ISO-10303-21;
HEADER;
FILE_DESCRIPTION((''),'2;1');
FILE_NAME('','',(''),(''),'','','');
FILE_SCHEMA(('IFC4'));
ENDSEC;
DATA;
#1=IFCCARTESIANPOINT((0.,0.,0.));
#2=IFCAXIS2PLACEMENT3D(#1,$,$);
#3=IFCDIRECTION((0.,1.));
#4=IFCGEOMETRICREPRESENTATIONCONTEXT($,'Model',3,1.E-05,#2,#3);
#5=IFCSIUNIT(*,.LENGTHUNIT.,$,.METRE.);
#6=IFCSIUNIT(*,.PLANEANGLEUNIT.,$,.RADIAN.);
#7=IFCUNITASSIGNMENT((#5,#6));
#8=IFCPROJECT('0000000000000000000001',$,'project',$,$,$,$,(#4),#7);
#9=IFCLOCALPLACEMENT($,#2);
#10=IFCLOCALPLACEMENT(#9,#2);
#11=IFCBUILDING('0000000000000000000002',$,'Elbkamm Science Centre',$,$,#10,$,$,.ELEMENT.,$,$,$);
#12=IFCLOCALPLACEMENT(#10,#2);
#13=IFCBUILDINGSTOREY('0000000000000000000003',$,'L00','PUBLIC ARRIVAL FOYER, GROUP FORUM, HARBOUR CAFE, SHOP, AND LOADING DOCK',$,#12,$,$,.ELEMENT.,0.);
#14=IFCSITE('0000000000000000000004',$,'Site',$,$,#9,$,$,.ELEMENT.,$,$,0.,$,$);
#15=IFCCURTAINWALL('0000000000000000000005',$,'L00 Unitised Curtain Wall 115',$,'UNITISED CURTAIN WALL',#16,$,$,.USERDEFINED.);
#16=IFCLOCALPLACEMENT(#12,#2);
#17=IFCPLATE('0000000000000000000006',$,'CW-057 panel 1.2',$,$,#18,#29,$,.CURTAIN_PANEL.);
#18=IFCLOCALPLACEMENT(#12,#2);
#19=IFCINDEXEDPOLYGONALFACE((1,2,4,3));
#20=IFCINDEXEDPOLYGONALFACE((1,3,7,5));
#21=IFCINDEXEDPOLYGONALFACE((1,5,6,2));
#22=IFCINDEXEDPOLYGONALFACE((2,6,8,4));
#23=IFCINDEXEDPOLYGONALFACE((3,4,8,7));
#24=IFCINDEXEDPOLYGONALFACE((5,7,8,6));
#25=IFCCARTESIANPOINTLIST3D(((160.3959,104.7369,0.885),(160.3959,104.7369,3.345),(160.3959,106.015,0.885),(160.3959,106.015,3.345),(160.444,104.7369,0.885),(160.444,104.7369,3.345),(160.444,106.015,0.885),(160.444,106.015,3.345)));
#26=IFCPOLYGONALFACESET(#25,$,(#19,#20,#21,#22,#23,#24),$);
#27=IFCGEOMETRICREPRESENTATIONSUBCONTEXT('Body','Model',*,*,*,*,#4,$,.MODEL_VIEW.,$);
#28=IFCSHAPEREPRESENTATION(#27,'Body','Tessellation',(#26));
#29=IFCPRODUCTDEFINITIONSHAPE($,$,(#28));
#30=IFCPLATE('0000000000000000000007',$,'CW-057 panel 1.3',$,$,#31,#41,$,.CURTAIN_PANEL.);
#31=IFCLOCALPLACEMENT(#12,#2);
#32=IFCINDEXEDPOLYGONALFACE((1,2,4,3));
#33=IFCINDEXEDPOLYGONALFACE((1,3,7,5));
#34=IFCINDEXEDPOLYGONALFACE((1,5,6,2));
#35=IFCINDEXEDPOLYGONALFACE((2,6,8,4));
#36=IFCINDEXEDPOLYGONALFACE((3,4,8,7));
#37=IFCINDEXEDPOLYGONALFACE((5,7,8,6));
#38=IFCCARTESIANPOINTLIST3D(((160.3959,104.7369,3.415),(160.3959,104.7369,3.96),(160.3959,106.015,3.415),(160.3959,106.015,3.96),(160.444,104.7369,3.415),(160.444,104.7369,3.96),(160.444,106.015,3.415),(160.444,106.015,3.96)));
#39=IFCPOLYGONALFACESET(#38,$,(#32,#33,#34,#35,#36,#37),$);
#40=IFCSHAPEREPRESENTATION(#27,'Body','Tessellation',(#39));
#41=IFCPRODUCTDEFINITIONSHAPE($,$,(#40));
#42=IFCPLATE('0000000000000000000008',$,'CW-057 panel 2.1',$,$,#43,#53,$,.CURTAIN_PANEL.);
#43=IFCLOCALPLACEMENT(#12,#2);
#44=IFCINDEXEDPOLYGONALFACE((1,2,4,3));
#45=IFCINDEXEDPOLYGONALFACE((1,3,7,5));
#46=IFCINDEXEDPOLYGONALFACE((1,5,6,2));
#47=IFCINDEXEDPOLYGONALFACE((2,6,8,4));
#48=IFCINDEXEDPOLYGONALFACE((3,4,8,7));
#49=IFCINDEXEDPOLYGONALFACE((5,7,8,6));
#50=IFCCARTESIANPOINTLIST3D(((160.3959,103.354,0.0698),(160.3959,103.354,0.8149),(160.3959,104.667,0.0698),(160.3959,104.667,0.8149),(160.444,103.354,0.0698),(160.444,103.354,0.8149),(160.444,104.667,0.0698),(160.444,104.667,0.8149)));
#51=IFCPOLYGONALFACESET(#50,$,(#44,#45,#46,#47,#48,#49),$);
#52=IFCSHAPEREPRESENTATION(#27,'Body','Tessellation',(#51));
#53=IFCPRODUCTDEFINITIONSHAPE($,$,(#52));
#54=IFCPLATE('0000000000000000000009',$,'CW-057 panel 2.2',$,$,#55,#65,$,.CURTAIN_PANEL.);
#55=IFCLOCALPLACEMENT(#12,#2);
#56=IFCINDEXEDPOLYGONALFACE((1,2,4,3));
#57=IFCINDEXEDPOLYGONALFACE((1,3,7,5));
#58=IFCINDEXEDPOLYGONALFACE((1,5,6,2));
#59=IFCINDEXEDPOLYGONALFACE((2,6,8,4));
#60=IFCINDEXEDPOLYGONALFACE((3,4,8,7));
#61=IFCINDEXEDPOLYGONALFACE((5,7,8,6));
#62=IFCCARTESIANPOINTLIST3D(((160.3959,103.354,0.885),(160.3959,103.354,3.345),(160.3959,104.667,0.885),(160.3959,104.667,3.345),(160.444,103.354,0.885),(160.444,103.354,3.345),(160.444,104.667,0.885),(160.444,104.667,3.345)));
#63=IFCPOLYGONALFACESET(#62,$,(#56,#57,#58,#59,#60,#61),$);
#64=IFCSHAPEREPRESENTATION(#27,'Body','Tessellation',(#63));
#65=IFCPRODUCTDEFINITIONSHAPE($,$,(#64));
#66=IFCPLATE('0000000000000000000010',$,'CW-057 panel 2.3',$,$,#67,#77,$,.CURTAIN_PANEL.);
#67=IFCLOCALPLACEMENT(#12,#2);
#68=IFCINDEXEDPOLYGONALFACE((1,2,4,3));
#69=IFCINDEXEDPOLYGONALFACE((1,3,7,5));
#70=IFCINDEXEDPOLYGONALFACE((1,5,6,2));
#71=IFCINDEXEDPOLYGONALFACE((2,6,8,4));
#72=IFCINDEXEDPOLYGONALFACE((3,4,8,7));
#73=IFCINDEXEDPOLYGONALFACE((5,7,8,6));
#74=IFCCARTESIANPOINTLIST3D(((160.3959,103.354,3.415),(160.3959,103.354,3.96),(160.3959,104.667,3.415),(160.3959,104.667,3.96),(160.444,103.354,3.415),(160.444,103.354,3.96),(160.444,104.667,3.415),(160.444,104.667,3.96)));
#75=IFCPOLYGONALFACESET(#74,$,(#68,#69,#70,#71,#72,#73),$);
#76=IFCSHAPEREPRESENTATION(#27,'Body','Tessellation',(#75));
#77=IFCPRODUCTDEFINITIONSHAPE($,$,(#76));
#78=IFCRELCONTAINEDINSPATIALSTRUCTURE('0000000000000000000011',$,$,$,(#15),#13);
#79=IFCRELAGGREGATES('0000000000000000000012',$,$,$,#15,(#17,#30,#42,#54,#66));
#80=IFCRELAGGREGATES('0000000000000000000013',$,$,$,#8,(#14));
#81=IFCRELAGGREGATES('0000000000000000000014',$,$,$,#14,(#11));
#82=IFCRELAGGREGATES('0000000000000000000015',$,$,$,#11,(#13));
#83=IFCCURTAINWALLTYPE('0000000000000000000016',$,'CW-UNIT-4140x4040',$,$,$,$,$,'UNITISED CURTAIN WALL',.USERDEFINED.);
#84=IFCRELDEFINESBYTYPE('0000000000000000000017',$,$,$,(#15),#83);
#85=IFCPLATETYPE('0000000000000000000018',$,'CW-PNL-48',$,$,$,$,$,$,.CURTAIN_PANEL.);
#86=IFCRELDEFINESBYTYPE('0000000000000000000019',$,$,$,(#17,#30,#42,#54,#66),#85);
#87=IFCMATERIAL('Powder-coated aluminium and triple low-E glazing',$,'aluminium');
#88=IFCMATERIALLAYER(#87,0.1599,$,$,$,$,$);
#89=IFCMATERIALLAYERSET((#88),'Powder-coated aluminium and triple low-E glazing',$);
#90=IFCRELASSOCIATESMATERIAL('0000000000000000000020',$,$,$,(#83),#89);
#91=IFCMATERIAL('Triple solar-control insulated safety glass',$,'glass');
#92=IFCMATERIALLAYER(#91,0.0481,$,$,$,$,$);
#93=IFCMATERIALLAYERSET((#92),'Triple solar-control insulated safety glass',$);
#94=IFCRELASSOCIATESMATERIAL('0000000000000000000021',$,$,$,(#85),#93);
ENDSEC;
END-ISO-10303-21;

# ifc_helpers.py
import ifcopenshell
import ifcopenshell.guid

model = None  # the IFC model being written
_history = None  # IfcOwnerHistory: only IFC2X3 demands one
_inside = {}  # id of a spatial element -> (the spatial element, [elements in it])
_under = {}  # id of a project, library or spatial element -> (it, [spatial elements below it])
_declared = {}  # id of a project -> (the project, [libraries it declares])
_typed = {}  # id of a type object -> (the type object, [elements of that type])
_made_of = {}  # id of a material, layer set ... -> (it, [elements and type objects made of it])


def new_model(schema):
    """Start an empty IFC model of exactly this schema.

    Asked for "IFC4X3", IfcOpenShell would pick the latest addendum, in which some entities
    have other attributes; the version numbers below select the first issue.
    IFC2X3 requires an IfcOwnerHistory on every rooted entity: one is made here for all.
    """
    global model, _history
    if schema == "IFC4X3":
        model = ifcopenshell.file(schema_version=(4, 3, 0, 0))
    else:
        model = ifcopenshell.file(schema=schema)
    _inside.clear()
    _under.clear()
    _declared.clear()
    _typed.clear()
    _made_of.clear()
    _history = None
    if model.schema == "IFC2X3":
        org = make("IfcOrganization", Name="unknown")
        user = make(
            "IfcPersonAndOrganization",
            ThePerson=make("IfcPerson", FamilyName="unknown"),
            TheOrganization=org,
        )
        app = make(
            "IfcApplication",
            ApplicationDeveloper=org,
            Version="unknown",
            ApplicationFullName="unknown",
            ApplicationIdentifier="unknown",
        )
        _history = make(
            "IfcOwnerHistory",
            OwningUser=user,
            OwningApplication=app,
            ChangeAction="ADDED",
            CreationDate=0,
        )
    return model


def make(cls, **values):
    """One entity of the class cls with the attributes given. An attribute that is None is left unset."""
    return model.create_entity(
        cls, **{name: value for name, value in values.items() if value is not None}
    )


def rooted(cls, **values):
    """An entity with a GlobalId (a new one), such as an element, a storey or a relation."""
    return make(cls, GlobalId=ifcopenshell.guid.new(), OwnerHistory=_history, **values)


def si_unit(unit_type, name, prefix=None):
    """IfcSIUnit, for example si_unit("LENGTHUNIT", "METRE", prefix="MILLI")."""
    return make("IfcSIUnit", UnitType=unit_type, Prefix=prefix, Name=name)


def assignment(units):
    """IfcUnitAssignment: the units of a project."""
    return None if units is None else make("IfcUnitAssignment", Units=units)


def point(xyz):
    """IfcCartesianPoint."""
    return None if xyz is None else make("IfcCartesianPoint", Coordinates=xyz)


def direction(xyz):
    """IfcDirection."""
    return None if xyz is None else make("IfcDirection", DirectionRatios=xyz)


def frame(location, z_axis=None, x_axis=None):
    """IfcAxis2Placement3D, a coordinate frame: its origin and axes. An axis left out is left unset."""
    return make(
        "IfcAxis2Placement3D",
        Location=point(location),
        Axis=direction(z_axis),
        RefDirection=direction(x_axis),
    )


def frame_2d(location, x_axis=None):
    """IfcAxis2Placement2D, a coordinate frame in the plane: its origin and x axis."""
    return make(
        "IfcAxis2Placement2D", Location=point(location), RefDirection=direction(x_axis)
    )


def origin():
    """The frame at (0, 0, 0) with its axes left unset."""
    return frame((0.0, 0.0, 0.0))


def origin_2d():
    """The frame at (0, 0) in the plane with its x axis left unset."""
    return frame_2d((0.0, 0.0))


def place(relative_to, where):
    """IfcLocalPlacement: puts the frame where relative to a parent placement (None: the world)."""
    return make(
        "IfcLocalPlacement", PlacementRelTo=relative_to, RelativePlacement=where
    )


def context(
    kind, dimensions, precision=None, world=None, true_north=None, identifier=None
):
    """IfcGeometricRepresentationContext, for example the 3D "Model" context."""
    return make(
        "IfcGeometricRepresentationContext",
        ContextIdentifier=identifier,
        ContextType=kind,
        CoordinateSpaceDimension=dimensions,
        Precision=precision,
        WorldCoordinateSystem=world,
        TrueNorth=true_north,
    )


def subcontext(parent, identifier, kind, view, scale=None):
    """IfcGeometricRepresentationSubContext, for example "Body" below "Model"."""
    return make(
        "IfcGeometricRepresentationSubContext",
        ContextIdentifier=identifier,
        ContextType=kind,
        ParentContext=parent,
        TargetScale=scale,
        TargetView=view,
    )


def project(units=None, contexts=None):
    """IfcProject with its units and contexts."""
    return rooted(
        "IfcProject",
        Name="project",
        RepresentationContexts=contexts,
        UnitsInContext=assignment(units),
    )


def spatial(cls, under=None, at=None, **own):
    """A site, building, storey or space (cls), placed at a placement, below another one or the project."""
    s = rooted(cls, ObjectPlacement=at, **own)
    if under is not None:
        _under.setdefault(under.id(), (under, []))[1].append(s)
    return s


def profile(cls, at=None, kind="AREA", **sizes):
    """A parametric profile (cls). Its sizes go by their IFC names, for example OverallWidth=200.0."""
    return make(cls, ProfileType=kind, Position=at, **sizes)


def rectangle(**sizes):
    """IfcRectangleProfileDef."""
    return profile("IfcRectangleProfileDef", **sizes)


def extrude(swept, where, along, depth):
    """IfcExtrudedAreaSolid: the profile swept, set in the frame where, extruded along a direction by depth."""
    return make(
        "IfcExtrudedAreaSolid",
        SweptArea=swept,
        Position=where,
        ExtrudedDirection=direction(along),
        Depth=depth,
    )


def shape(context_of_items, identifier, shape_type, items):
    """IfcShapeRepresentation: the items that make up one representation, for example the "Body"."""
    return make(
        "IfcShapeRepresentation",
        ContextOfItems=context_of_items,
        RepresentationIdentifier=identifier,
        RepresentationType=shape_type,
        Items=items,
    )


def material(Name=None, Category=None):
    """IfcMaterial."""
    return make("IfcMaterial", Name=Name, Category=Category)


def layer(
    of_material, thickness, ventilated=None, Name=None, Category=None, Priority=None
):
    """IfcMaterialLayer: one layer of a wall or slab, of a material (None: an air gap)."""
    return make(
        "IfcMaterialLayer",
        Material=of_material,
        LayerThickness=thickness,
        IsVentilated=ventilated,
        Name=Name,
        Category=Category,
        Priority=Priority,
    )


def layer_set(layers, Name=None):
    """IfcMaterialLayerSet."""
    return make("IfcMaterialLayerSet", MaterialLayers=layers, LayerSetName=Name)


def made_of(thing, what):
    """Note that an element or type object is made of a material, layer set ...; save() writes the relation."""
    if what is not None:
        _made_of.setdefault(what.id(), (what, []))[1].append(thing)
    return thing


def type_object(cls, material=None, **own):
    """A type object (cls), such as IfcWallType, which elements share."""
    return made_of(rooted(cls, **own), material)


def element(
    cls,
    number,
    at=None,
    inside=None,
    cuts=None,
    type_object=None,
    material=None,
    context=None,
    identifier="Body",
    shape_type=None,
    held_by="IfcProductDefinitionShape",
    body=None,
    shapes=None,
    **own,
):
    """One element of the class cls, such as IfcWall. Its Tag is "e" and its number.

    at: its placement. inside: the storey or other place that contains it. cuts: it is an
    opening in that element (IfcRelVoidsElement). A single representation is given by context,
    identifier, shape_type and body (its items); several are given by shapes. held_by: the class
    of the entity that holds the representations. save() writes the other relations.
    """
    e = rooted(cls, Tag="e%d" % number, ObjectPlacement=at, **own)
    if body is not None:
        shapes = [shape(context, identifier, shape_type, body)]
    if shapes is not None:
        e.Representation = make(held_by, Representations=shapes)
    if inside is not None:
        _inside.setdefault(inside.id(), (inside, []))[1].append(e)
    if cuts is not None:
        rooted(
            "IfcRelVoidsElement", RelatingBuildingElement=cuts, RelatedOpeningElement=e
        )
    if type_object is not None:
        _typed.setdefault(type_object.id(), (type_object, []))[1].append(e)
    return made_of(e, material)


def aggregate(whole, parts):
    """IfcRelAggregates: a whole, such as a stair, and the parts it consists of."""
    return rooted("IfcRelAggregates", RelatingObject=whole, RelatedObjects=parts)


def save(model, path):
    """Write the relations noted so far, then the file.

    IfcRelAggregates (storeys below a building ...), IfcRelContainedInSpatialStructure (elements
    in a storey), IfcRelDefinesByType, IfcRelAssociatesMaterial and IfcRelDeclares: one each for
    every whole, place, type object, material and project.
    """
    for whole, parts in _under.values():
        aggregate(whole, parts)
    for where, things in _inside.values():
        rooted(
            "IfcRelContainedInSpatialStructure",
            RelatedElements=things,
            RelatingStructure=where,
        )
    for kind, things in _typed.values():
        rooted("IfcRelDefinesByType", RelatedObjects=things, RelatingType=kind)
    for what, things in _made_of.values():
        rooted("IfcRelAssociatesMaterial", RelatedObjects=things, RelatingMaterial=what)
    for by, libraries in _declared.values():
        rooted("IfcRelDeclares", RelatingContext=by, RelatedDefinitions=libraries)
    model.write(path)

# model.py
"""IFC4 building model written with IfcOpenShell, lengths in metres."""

from ifc_helpers import new_model, si_unit, direction, frame, origin, origin_2d, place, context, subcontext, project, spatial, rectangle, extrude, material, layer, layer_set, type_object, element, aggregate, save


model = new_model("IFC4")

# Units and contexts
model_context = context("Model", 3, precision=1e-05, world=origin(), true_north=direction((0.0, 1.0)))
body_context = subcontext(model_context, "Body", "Model", "MODEL_VIEW")
ifc_project = project(units=[si_unit("LENGTHUNIT", "METRE"), si_unit("PLANEANGLEUNIT", "RADIAN")], contexts=[model_context])

# Site, building, storey
site_placement = place(None, origin())
site = spatial("IfcSite", under=ifc_project, at=site_placement, Name="Site", CompositionType="ELEMENT", RefElevation=0.0)
building_placement = place(site_placement, origin())
building = spatial("IfcBuilding", under=site, at=building_placement, Name="Elbkamm Science Centre", CompositionType="ELEMENT")
storey_placement = place(building_placement, origin())
storey = spatial("IfcBuildingStorey", under=building, at=storey_placement, Name="L00", Description="PUBLIC ARRIVAL FOYER, GROUP FORUM, HARBOUR CAFE, SHOP, AND LOADING DOCK", CompositionType="ELEMENT", Elevation=0.0)

# Curtain wall
ifc_material_1 = material(Name="Powder-coated aluminium and triple low-E glazing", Category="aluminium")
ifc_layer_1 = layer(ifc_material_1, 0.1599)
ifc_layer_set_1 = layer_set([ifc_layer_1], Name="Powder-coated aluminium and triple low-E glazing")
curtain_wall_type = type_object("IfcCurtainWallType", Name="CW-UNIT-4140x4040", ElementType="UNITISED CURTAIN WALL", PredefinedType="USERDEFINED", material=ifc_layer_set_1)
curtain_wall_1_placement = place(storey_placement, origin())
curtain_wall_1 = element("IfcCurtainWall", 1, at=curtain_wall_1_placement, inside=storey, type_object=curtain_wall_type, Name="L00 Unitised Curtain Wall 115", ObjectType="UNITISED CURTAIN WALL", PredefinedType="USERDEFINED")

# Plates
ifc_material_2 = material(Name="Triple solar-control insulated safety glass", Category="glass")
ifc_layer_2 = layer(ifc_material_2, 0.0481)
ifc_layer_set_2 = layer_set([ifc_layer_2], Name="Triple solar-control insulated safety glass")
plate_type = type_object("IfcPlateType", Name="CW-PNL-48", PredefinedType="CURTAIN_PANEL", material=ifc_layer_set_2)
plate_1_placement = place(storey_placement, frame((160.4199, 105.376, 0.885), z_axis=(0.0, 0.0, 1.0), x_axis=(0.0, -1.0, 0.0)))
plate_1 = element("IfcPlate", 2, at=plate_1_placement, type_object=plate_type, Name="CW-057 panel 1.2", PredefinedType="CURTAIN_PANEL", context=body_context, shape_type="SweptSolid", body=[
    extrude(rectangle(XDim=1.2781, YDim=0.0481, at=origin_2d()), origin(), (0.0, 0.0, 1.0), 2.46),
])
plate_2_placement = place(storey_placement, frame((160.4199, 105.376, 3.415), z_axis=(0.0, 0.0, 1.0), x_axis=(0.0, -1.0, 0.0)))
plate_2 = element("IfcPlate", 3, at=plate_2_placement, type_object=plate_type, Name="CW-057 panel 1.3", PredefinedType="CURTAIN_PANEL", context=body_context, shape_type="SweptSolid", body=[
    extrude(rectangle(XDim=1.2781, YDim=0.0481, at=origin_2d()), origin(), (0.0, 0.0, 1.0), 0.5449),
])
plate_3_placement = place(storey_placement, frame((160.4199, 104.0105, 0.0698), z_axis=(0.0, 0.0, 1.0), x_axis=(0.0, -1.0, 0.0)))
plate_3 = element("IfcPlate", 4, at=plate_3_placement, type_object=plate_type, Name="CW-057 panel 2.1", PredefinedType="CURTAIN_PANEL", context=body_context, shape_type="SweptSolid", body=[
    extrude(rectangle(XDim=1.313, YDim=0.0481, at=origin_2d()), origin(), (0.0, 0.0, 1.0), 0.7451),
])
plate_4_placement = place(storey_placement, frame((160.4199, 104.0105, 0.885), z_axis=(0.0, 0.0, 1.0), x_axis=(0.0, -1.0, 0.0)))
plate_4 = element("IfcPlate", 5, at=plate_4_placement, type_object=plate_type, Name="CW-057 panel 2.2", PredefinedType="CURTAIN_PANEL", context=body_context, shape_type="SweptSolid", body=[
    extrude(rectangle(XDim=1.313, YDim=0.0481, at=origin_2d()), origin(), (0.0, 0.0, 1.0), 2.46),
])
plate_5_placement = place(storey_placement, frame((160.4199, 104.0105, 3.415), z_axis=(0.0, 0.0, 1.0), x_axis=(0.0, -1.0, 0.0)))
plate_5 = element("IfcPlate", 6, at=plate_5_placement, type_object=plate_type, Name="CW-057 panel 2.3", PredefinedType="CURTAIN_PANEL", context=body_context, shape_type="SweptSolid", body=[
    extrude(rectangle(XDim=1.313, YDim=0.0481, at=origin_2d()), origin(), (0.0, 0.0, 1.0), 0.5449),
])
aggregate(curtain_wall_1, [plate_1, plate_2, plate_3, plate_4, plate_5])

save(model, "model.ifc")
